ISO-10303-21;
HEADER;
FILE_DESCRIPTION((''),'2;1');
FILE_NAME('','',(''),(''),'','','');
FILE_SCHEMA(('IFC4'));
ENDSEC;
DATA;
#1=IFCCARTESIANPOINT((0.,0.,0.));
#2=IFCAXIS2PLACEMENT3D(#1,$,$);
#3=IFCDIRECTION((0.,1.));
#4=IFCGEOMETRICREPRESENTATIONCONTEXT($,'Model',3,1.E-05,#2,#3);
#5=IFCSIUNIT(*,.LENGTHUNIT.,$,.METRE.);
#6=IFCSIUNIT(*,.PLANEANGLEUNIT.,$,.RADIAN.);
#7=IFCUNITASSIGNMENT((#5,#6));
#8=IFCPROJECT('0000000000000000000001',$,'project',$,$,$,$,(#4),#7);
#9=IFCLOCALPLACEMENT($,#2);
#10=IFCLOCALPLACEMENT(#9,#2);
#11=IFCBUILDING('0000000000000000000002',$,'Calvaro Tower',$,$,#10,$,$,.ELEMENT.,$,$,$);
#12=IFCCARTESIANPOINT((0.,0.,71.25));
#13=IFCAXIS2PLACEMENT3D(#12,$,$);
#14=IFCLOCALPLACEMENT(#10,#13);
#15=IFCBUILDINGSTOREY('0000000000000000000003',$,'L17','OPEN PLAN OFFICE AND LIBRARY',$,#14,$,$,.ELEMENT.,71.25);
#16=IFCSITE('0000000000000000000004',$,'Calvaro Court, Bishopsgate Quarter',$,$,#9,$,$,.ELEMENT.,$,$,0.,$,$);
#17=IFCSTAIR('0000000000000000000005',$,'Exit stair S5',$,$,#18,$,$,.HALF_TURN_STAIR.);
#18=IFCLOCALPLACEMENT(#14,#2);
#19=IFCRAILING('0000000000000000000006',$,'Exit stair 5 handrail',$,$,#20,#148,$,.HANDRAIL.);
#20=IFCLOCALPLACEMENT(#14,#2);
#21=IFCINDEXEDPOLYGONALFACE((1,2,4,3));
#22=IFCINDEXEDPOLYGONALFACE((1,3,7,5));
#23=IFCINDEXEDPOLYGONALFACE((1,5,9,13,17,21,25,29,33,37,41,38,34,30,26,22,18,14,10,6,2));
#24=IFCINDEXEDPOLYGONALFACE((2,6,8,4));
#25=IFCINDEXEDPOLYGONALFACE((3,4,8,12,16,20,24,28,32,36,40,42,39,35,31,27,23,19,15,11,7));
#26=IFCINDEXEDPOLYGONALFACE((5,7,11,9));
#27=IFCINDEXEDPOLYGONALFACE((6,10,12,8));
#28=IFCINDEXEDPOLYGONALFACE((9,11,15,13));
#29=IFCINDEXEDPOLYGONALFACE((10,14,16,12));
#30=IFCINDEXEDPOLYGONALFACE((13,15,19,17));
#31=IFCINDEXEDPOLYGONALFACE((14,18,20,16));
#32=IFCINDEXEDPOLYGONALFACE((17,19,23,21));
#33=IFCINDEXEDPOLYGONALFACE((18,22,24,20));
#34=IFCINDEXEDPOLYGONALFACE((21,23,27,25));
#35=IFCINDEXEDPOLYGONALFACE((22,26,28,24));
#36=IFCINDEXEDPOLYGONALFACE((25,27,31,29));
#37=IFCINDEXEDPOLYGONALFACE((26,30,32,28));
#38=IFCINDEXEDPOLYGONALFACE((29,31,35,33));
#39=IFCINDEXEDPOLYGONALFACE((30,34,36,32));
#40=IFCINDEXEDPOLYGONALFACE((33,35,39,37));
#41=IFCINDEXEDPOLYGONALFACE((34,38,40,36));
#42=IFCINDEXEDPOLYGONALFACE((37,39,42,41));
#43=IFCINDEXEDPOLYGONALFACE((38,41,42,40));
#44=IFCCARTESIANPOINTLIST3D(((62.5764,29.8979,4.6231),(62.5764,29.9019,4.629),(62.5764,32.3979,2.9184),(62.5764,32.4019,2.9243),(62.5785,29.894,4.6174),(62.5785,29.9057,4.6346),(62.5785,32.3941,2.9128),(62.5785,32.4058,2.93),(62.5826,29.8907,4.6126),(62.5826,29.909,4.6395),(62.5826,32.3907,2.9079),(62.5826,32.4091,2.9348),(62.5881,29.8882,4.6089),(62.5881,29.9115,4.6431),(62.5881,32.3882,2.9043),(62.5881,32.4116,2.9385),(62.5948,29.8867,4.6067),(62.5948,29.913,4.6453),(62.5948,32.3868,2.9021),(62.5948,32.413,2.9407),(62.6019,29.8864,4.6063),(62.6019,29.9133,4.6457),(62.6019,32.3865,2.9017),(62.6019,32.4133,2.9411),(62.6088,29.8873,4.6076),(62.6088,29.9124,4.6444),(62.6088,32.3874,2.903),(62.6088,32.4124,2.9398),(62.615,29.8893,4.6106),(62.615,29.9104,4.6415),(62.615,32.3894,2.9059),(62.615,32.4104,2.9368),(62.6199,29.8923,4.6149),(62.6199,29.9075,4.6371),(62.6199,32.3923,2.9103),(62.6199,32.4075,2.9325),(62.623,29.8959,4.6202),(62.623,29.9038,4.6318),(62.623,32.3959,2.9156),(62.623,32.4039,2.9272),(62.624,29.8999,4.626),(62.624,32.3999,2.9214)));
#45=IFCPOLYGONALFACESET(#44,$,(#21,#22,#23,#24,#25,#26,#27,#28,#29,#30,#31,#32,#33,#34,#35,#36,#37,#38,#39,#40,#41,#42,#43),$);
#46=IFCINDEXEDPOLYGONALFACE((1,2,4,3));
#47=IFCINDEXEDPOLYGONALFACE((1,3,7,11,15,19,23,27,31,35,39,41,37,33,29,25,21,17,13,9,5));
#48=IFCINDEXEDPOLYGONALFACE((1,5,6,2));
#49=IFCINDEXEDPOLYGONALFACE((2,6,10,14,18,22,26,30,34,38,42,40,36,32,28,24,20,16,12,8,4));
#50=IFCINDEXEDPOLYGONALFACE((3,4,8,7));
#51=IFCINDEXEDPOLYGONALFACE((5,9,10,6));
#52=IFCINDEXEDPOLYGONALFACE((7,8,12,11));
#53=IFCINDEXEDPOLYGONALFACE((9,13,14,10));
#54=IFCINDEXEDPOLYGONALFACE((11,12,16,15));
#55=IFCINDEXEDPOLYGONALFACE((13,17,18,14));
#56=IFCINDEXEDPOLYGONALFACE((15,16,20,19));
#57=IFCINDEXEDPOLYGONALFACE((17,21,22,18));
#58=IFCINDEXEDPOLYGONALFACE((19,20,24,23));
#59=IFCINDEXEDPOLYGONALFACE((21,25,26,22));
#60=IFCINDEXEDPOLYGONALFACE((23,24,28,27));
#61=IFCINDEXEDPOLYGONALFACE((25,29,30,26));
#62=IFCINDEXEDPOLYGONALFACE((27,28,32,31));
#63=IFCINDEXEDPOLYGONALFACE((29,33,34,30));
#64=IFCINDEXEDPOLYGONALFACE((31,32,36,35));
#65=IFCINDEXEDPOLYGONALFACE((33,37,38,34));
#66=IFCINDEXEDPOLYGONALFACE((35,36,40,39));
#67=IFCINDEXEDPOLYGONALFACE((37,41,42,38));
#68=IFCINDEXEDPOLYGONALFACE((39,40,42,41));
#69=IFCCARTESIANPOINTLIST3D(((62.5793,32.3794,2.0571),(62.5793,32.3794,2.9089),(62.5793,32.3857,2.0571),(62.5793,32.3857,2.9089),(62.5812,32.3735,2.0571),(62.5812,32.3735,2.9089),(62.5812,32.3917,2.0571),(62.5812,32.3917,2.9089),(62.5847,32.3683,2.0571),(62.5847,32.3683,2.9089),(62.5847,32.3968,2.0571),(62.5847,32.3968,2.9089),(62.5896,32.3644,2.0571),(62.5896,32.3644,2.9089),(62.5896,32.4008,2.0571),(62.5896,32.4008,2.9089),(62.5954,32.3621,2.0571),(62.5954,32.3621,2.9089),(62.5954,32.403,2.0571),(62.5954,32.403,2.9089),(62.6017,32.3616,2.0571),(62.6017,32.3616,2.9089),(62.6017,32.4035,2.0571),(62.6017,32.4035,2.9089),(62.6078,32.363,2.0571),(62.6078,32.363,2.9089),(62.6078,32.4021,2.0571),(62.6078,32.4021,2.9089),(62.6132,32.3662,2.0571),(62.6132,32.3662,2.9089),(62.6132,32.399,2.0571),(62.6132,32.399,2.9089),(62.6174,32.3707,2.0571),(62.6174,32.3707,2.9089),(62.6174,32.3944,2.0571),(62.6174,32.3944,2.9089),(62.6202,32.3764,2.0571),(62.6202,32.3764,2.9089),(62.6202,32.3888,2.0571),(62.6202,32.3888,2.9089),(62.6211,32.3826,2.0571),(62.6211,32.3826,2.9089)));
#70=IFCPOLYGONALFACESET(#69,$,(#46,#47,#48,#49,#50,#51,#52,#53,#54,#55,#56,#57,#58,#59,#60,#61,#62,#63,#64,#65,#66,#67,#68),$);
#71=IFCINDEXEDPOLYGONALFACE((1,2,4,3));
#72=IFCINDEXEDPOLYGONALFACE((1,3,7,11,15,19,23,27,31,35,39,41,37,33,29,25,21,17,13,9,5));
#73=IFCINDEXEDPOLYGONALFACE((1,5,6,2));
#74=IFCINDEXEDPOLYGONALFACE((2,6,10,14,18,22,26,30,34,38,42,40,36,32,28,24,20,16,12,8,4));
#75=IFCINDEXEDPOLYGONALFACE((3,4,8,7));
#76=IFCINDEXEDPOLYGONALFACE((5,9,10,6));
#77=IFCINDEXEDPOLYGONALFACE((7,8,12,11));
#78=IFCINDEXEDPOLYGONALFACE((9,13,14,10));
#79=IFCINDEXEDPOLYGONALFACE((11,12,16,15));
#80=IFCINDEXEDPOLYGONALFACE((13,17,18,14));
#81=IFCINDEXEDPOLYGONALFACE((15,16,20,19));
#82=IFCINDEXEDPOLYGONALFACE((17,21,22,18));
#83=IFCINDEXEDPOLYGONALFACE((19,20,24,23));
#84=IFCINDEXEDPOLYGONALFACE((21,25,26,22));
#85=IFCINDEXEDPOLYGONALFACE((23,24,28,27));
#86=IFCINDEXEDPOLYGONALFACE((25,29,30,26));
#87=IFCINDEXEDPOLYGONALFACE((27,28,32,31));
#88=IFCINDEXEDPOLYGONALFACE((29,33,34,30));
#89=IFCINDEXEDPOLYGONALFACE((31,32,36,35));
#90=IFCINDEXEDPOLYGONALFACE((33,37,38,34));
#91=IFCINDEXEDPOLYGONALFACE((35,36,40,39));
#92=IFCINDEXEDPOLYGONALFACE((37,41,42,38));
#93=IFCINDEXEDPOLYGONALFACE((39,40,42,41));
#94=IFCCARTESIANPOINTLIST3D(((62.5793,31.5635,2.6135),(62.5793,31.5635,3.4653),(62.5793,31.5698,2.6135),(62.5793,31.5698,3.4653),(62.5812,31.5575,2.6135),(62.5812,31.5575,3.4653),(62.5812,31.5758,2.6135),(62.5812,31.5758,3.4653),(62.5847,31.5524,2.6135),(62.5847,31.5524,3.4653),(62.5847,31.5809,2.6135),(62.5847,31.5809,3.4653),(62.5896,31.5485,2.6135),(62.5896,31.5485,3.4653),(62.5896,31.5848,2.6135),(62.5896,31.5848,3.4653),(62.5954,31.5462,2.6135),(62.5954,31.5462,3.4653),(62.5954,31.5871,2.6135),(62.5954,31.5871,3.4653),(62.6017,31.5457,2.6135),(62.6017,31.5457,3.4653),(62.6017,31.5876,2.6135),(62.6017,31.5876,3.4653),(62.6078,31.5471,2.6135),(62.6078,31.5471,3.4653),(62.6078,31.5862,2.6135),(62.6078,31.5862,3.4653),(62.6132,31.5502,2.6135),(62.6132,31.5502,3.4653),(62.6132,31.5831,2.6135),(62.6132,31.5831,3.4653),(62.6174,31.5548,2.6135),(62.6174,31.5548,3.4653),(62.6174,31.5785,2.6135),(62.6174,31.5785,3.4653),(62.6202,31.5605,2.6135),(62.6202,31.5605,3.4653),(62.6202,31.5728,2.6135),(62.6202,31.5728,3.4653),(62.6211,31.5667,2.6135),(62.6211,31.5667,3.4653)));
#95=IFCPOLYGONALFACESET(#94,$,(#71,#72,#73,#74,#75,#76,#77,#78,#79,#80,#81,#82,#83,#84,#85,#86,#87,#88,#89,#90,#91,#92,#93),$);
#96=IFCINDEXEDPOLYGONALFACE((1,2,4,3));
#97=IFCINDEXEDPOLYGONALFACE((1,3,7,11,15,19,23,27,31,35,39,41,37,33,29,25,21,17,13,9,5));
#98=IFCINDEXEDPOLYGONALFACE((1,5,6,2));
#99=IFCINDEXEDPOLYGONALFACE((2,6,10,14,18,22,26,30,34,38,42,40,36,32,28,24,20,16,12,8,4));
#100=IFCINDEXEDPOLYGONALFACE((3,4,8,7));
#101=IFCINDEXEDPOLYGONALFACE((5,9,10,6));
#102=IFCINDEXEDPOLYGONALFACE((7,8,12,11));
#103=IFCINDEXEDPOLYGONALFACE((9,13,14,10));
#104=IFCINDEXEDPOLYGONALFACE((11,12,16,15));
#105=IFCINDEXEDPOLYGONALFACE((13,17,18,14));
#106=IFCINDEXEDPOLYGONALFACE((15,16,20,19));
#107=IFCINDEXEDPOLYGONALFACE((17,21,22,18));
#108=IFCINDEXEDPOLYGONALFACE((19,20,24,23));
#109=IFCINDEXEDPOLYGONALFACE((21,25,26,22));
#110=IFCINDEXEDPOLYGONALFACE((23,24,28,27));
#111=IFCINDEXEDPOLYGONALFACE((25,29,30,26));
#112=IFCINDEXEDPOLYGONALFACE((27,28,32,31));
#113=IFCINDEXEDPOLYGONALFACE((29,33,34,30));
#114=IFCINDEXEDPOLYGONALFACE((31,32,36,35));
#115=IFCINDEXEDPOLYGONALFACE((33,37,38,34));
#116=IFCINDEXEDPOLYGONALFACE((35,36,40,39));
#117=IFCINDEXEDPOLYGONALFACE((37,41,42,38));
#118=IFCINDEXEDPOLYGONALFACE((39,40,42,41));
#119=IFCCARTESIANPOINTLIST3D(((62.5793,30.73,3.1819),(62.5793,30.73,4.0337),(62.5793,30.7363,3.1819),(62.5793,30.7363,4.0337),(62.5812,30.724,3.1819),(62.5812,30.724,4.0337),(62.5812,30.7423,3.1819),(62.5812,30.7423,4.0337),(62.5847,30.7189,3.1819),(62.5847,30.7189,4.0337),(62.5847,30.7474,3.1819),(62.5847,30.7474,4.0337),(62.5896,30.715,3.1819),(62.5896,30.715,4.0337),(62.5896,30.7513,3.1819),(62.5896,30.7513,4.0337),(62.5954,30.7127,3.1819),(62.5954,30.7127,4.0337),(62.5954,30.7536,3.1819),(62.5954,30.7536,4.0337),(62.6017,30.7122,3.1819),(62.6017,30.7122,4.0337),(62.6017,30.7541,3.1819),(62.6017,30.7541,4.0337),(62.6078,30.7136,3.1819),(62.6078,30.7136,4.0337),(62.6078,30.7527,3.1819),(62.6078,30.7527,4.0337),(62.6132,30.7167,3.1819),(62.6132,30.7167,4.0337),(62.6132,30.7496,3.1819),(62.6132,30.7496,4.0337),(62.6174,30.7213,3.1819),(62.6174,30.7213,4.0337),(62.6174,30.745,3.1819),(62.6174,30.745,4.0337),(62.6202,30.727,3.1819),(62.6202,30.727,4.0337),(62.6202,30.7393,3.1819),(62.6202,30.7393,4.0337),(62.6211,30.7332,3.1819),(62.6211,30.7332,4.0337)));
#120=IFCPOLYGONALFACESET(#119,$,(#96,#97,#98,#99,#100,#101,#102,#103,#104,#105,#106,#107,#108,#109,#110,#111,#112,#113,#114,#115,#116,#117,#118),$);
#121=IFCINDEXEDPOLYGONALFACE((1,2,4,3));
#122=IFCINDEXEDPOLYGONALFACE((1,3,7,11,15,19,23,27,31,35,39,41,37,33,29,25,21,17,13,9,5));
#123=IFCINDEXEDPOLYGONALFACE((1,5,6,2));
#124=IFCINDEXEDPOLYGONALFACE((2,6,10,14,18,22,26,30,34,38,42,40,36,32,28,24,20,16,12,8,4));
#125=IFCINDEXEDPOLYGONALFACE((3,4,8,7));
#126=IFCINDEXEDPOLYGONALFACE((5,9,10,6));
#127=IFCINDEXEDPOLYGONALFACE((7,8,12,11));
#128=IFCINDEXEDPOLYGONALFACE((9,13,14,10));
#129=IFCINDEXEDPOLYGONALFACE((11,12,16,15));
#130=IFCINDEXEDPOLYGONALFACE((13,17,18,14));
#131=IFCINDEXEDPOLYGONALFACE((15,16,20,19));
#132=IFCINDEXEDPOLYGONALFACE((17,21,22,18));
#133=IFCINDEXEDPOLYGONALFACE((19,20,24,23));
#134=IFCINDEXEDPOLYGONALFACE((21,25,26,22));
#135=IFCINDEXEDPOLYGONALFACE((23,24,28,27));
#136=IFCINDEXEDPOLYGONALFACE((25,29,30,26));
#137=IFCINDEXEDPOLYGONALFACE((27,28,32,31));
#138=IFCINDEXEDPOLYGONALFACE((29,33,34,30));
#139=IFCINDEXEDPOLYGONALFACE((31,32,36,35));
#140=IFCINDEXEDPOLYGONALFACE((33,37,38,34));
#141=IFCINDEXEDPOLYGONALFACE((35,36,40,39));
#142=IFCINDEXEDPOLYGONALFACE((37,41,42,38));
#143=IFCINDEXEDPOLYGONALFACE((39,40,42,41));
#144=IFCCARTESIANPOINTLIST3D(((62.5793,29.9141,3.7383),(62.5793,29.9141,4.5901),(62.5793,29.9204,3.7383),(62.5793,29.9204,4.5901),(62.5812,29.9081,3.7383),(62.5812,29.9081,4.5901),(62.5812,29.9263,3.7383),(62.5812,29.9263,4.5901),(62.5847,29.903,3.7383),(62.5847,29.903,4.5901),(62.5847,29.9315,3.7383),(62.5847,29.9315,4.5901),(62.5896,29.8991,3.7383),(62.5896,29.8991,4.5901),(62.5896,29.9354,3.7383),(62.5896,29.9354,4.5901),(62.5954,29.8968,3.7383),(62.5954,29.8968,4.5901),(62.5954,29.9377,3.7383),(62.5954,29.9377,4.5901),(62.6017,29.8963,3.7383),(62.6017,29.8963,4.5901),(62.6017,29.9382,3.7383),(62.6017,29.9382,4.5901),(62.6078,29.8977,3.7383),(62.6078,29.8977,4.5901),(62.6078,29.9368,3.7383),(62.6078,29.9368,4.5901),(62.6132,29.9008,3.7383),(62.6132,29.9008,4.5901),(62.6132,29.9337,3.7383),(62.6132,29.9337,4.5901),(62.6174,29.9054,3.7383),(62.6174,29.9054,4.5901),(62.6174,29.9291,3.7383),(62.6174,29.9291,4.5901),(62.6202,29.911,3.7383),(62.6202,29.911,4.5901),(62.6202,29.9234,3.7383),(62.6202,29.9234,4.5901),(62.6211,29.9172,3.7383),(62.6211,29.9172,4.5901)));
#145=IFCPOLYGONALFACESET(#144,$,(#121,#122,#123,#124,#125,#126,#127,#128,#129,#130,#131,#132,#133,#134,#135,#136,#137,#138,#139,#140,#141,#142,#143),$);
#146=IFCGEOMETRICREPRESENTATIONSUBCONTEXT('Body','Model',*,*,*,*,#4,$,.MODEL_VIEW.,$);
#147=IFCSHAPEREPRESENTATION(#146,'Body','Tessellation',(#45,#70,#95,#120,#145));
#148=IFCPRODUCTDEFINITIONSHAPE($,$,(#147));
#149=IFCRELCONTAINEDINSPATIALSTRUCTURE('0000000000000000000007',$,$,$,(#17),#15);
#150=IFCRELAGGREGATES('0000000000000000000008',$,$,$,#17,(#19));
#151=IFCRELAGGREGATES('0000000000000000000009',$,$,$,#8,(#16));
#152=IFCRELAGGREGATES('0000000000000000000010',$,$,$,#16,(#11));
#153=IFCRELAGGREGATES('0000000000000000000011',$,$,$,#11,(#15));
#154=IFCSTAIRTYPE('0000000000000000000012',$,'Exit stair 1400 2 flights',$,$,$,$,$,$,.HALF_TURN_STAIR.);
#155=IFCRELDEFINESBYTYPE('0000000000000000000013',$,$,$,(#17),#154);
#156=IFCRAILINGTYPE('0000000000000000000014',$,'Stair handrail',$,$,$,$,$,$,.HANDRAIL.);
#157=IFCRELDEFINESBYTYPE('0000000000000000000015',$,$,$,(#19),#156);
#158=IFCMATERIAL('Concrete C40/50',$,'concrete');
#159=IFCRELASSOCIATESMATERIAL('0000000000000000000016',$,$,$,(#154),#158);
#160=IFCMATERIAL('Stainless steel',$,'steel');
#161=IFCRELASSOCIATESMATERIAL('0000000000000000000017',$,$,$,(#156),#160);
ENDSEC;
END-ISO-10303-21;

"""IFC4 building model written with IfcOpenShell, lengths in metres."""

from ifc_helpers import new_model, si_unit, direction, frame, origin, origin_2d, place, context, subcontext, project, spatial, circle, extrude, material, type_object, element, aggregate, save


model = new_model("IFC4")

# Units and contexts
model_context = context("Model", 3, precision=1e-05, world=origin(), true_north=direction((0.0, 1.0)))
body_context = subcontext(model_context, "Body", "Model", "MODEL_VIEW")
ifc_project = project(units=[si_unit("LENGTHUNIT", "METRE"), si_unit("PLANEANGLEUNIT", "RADIAN")], contexts=[model_context])

# Site, building, storey
site_placement = place(None, origin())
site = spatial("IfcSite", under=ifc_project, at=site_placement, Name="Calvaro Court, Bishopsgate Quarter", CompositionType="ELEMENT", RefElevation=0.0)
building_placement = place(site_placement, origin())
building = spatial("IfcBuilding", under=site, at=building_placement, Name="Calvaro Tower", CompositionType="ELEMENT")
storey_placement = place(building_placement, frame((0.0, 0.0, 71.25)))
storey = spatial("IfcBuildingStorey", under=building, at=storey_placement, Name="L17", Description="OPEN PLAN OFFICE AND LIBRARY", CompositionType="ELEMENT", Elevation=71.25)

# Stair
ifc_material_1 = material(Name="Concrete C40/50", Category="concrete")
stair_type = type_object("IfcStairType", Name="Exit stair 1400 2 flights", PredefinedType="HALF_TURN_STAIR", material=ifc_material_1)
stair_1_placement = place(storey_placement, origin())
stair_1 = element("IfcStair", 1, at=stair_1_placement, inside=storey, type_object=stair_type, Name="Exit stair S5", PredefinedType="HALF_TURN_STAIR")

# Shared definitions
ifc_material_2 = material(Name="Stainless steel", Category="steel")
railing_type = type_object("IfcRailingType", Name="Stair handrail", PredefinedType="HANDRAIL", material=ifc_material_2)

# Railing
railing_1_placement = place(storey_placement, frame((62.6001, 32.3999, 2.0454)))
railing_1 = element("IfcRailing", 2, at=railing_1_placement, type_object=railing_type, Name="Exit stair 5 handrail", PredefinedType="HANDRAIL", context=body_context, shape_type="SweptSolid", body=[
    extrude(circle(Radius=0.0239, at=origin_2d()), frame((0.0, 0.0, 0.876), z_axis=(0.0, -0.826221, 0.563347), x_axis=(1.0, 0.0, 0.0)), (0.0, 0.0, 1.0), 3.0259),
    extrude(circle(Radius=0.021, at=origin_2d()), frame((0.0, -0.0173, 0.0117)), (0.0, 0.0, 1.0), 0.8518),
    extrude(circle(Radius=0.021, at=origin_2d()), frame((0.0, -0.8333, 0.5681)), (0.0, 0.0, 1.0), 0.8518),
    extrude(circle(Radius=0.021, at=origin_2d()), frame((0.0, -1.6667, 1.1365)), (0.0, 0.0, 1.0), 0.8518),
    extrude(circle(Radius=0.021, at=origin_2d()), frame((0.0, -2.4827, 1.6929)), (0.0, 0.0, 1.0), 0.8518),
])
aggregate(stair_1, [railing_1])

save(model, "model.ifc")
